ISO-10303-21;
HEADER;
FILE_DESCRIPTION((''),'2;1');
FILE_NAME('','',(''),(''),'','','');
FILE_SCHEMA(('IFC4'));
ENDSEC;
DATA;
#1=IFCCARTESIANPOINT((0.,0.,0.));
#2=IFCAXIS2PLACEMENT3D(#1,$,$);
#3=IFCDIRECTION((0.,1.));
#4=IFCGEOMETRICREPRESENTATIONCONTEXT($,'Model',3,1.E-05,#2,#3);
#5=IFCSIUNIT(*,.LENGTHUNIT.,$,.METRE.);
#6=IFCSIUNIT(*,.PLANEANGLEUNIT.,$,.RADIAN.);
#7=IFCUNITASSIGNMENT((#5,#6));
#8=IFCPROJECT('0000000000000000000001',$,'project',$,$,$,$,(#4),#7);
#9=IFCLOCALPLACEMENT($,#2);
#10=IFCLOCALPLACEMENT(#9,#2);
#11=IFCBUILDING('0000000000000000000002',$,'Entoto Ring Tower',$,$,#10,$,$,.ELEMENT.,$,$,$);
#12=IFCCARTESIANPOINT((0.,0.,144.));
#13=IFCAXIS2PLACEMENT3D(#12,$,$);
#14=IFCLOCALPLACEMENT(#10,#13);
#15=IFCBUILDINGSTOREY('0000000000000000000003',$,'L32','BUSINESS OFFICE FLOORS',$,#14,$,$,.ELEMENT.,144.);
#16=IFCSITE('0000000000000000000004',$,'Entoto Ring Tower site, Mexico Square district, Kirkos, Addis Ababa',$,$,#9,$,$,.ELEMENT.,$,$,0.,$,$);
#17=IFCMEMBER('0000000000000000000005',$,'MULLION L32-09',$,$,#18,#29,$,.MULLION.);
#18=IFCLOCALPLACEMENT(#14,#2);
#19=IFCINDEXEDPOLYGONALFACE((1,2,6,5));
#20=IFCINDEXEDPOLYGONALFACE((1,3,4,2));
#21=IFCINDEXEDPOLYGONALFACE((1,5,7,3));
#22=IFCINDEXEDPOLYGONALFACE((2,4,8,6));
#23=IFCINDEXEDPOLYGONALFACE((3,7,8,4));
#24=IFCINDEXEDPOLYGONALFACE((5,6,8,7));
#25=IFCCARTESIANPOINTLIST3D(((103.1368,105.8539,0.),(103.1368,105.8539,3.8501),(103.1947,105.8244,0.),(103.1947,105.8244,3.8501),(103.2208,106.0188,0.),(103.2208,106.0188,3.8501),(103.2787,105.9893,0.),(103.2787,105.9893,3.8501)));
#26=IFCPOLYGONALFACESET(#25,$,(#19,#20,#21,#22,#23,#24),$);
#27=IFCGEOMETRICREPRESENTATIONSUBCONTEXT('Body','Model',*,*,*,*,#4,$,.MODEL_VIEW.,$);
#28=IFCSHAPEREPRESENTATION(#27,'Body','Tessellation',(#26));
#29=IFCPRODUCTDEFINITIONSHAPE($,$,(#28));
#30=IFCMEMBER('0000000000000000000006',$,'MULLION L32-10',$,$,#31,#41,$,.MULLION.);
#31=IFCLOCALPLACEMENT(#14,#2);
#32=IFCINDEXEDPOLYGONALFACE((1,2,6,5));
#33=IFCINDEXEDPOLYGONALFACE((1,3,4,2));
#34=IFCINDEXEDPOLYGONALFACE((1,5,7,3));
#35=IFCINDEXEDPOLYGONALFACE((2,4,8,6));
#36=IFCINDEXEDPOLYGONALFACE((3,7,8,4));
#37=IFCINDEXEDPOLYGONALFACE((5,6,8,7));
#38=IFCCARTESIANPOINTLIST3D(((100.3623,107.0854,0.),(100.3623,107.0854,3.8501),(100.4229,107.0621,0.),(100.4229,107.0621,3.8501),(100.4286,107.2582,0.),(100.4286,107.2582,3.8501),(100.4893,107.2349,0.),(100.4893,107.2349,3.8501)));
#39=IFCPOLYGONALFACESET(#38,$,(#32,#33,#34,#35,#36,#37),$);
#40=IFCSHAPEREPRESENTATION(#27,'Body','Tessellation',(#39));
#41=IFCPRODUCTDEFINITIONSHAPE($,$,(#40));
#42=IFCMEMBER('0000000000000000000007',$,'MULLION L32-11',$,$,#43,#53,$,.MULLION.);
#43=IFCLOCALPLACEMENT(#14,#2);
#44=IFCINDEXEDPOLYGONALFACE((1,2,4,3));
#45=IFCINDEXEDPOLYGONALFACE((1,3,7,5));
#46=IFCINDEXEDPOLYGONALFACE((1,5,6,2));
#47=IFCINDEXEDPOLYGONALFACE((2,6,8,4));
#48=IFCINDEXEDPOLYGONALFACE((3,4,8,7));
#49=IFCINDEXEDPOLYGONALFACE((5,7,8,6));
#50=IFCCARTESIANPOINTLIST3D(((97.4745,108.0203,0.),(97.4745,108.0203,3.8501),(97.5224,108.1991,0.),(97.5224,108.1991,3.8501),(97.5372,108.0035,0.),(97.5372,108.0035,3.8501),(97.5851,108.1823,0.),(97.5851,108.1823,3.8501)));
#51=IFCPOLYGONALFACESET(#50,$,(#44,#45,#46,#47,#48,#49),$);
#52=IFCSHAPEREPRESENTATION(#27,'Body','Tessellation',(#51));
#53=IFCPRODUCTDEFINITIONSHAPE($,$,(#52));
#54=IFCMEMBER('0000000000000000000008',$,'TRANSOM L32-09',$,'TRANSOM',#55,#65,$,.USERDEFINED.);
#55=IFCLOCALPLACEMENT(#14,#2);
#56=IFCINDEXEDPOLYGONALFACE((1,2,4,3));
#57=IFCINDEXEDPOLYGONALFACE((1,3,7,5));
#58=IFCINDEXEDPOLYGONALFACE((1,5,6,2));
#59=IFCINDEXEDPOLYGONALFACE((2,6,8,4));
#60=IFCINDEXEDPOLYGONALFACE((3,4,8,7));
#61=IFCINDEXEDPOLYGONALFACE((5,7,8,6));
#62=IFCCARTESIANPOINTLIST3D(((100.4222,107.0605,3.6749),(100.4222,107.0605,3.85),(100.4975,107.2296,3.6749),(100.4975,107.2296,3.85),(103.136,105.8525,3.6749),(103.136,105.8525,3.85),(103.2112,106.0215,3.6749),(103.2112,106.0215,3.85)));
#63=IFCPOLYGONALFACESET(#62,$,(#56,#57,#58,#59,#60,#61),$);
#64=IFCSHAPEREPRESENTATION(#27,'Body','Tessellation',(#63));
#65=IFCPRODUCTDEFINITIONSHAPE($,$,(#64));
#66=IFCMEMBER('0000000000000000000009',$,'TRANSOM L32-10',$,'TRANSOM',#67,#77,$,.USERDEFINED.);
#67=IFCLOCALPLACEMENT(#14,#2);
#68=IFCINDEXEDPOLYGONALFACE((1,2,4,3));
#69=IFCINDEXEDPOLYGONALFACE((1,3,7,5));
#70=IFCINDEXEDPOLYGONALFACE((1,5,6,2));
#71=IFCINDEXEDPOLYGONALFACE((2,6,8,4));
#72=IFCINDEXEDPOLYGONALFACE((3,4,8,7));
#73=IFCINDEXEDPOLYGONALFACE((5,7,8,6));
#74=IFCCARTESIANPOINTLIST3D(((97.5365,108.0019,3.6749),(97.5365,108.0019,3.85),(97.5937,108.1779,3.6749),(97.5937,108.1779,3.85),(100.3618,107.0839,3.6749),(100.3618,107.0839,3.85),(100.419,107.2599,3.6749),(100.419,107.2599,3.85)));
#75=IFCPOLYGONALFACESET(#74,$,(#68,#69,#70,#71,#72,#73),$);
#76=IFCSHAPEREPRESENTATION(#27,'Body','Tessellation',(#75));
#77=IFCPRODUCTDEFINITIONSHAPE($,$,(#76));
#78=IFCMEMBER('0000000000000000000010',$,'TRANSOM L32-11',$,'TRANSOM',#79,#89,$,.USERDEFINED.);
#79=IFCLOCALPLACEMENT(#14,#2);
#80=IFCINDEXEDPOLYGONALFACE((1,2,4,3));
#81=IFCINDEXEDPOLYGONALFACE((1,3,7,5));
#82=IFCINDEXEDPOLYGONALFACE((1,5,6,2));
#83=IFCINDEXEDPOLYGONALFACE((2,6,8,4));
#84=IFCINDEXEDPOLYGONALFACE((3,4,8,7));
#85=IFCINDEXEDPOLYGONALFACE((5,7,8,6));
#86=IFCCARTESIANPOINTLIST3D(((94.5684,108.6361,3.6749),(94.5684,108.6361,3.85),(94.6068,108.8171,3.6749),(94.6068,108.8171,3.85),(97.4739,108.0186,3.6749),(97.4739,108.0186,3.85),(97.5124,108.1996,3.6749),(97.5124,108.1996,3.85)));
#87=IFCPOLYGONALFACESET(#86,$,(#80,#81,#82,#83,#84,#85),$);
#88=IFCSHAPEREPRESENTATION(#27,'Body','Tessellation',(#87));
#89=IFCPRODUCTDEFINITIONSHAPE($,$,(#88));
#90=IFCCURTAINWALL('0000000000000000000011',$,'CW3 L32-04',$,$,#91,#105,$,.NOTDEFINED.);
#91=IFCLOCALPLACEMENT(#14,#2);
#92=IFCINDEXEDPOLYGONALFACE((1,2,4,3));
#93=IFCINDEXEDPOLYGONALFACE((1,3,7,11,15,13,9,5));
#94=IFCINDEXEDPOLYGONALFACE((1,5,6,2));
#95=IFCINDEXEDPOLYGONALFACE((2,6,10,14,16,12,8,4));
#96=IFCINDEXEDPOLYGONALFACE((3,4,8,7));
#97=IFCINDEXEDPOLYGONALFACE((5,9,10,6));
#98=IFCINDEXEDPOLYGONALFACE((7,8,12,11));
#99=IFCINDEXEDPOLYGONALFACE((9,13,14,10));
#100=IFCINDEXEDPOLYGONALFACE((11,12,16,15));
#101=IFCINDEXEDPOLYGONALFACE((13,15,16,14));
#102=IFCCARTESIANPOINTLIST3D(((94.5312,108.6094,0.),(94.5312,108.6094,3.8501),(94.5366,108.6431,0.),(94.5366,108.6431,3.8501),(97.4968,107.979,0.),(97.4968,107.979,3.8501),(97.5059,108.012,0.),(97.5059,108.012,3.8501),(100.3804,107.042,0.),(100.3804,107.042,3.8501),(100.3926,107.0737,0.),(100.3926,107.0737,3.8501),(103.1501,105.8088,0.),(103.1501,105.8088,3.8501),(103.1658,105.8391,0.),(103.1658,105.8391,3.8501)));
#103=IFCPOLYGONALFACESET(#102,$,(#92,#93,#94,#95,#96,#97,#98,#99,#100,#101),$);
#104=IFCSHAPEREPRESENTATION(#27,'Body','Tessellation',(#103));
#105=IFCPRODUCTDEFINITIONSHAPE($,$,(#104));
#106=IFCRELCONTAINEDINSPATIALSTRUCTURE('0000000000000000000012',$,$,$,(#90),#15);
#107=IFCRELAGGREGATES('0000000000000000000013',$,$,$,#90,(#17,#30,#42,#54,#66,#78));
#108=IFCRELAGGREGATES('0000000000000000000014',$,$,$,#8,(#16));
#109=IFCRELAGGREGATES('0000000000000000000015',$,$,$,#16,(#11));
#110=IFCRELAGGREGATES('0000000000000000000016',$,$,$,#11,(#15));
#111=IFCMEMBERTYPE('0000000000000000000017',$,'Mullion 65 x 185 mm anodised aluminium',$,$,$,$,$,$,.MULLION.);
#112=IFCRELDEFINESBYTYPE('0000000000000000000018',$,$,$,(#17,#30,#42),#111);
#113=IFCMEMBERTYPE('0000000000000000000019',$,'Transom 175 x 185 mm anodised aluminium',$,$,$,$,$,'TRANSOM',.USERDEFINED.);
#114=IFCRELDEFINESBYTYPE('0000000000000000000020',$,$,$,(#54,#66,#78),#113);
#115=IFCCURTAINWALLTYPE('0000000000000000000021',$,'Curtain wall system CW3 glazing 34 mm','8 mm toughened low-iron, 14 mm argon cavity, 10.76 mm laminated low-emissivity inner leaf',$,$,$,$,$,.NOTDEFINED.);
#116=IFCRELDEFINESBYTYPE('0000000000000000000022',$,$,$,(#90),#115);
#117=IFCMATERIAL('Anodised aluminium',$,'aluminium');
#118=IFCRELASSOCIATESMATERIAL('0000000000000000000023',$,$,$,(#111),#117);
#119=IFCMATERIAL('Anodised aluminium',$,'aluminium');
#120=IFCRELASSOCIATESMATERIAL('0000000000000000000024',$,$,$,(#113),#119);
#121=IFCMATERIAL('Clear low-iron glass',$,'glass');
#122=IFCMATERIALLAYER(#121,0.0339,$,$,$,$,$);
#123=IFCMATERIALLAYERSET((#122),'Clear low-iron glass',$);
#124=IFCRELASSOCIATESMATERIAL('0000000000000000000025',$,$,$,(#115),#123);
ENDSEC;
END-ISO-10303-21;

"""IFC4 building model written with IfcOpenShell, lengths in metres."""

from ifc_helpers import new_model, si_unit, direction, frame, origin, origin_2d, place, context, subcontext, project, spatial, polyline, rectangle, outline, extrude, material, layer, layer_set, material_profile, profile_set, type_object, element, aggregate, save


model = new_model("IFC4")

# Units and contexts
model_context = context("Model", 3, precision=1e-05, world=origin(), true_north=direction((0.0, 1.0)))
body_context = subcontext(model_context, "Body", "Model", "MODEL_VIEW")
ifc_project = project(units=[si_unit("LENGTHUNIT", "METRE"), si_unit("PLANEANGLEUNIT", "RADIAN")], contexts=[model_context])

# Members
ifc_material_1 = material(Name="Anodised aluminium", Category="aluminium")
ifc_material_profile_1 = material_profile(ifc_material_1, rectangle(XDim=0.0649, YDim=0.1851, at=origin_2d()), Name="Mullion 65 x 185 mm anodised aluminium")
ifc_profile_set_1 = profile_set([ifc_material_profile_1], Name="Anodised aluminium")
member_type_1 = type_object("IfcMemberType", Name="Mullion 65 x 185 mm anodised aluminium", PredefinedType="MULLION", material=ifc_profile_set_1)
site_placement = place(None, origin())
building_placement = place(site_placement, origin())
storey_placement = place(building_placement, frame((0.0, 0.0, 144.0)))
member_1_placement = place(storey_placement, frame((103.2078, 105.9216, 0.0), z_axis=(0.0, 0.0, 1.0), x_axis=(-0.891007, 0.45399, 0.0)))
member_1 = element("IfcMember", 1, at=member_1_placement, type_object=member_type_1, Name="MULLION L32-09", PredefinedType="MULLION", context=body_context, shape_type="SweptSolid", body=[
    extrude(rectangle(XDim=0.0649, YDim=0.1851, at=origin_2d()), origin(), (0.0, 0.0, 1.0), 3.8501),
])
member_2_placement = place(storey_placement, frame((100.4258, 107.1602, 0.0), z_axis=(0.0, 0.0, 1.0), x_axis=(-0.93358, 0.358368, 0.0)))
member_2 = element("IfcMember", 2, at=member_2_placement, type_object=member_type_1, Name="MULLION L32-10", PredefinedType="MULLION", context=body_context, shape_type="SweptSolid", body=[
    extrude(rectangle(XDim=0.0649, YDim=0.1851, at=origin_2d()), origin(), (0.0, 0.0, 1.0), 3.8501),
])
member_3_placement = place(storey_placement, frame((97.5298, 108.1013, 0.0), z_axis=(0.0, 0.0, 1.0), x_axis=(-0.965926, 0.258819, 0.0)))
member_3 = element("IfcMember", 3, at=member_3_placement, type_object=member_type_1, Name="MULLION L32-11", PredefinedType="MULLION", context=body_context, shape_type="SweptSolid", body=[
    extrude(rectangle(XDim=0.0649, YDim=0.1851, at=origin_2d()), origin(), (0.0, 0.0, 1.0), 3.8501),
])
ifc_material_2 = material(Name="Anodised aluminium", Category="aluminium")
ifc_material_profile_2 = material_profile(ifc_material_2, rectangle(XDim=0.1851, YDim=0.175, at=origin_2d()), Name="Transom 175 x 185 mm anodised aluminium")
ifc_profile_set_2 = profile_set([ifc_material_profile_2], Name="Anodised aluminium")
member_type_2 = type_object("IfcMemberType", Name="Transom 175 x 185 mm anodised aluminium", ElementType="TRANSOM", PredefinedType="USERDEFINED", material=ifc_profile_set_2)
member_4_placement = place(storey_placement, frame((103.1736, 105.937, 3.7625), z_axis=(-0.913567, 0.406687, 0.0), x_axis=(-0.406687, -0.913567, 0.0)))
member_4 = element("IfcMember", 4, at=member_4_placement, type_object=member_type_2, Name="TRANSOM L32-09", ObjectType="TRANSOM", PredefinedType="USERDEFINED", context=body_context, shape_type="SweptSolid", body=[
    extrude(rectangle(XDim=0.1851, YDim=0.175, at=origin_2d()), origin(), (0.0, 0.0, 1.0), 2.9705),
])
member_5_placement = place(storey_placement, frame((100.3904, 107.1719, 3.7625), z_axis=(-0.951056, 0.309019, 0.0), x_axis=(-0.309019, -0.951056, 0.0)))
member_5 = element("IfcMember", 5, at=member_5_placement, type_object=member_type_2, Name="TRANSOM L32-10", ObjectType="TRANSOM", PredefinedType="USERDEFINED", context=body_context, shape_type="SweptSolid", body=[
    extrude(rectangle(XDim=0.1851, YDim=0.175, at=origin_2d()), origin(), (0.0, 0.0, 1.0), 2.9707),
])
member_6_placement = place(storey_placement, frame((97.4932, 108.1091, 3.7625), z_axis=(-0.978158, 0.207862, 0.0), x_axis=(-0.207862, -0.978158, 0.0)))
member_6 = element("IfcMember", 6, at=member_6_placement, type_object=member_type_2, Name="TRANSOM L32-11", ObjectType="TRANSOM", PredefinedType="USERDEFINED", context=body_context, shape_type="SweptSolid", body=[
    extrude(rectangle(XDim=0.1851, YDim=0.175, at=origin_2d()), origin(), (0.0, 0.0, 1.0), 2.9705),
])

# Site, building, storey
site = spatial("IfcSite", under=ifc_project, at=site_placement, Name="Entoto Ring Tower site, Mexico Square district, Kirkos, Addis Ababa", CompositionType="ELEMENT", RefElevation=0.0)
building = spatial("IfcBuilding", under=site, at=building_placement, Name="Entoto Ring Tower", CompositionType="ELEMENT")
storey = spatial("IfcBuildingStorey", under=building, at=storey_placement, Name="L32", Description="BUSINESS OFFICE FLOORS", CompositionType="ELEMENT", Elevation=144.0)

# Curtain wall
ifc_material_3 = material(Name="Clear low-iron glass", Category="glass")
ifc_layer = layer(ifc_material_3, 0.0339)
ifc_layer_set = layer_set([ifc_layer], Name="Clear low-iron glass")
curtain_wall_type = type_object("IfcCurtainWallType", Name="Curtain wall system CW3 glazing 34 mm", Description="8 mm toughened low-iron, 14 mm argon cavity, 10.76 mm laminated low-emissivity inner leaf", PredefinedType="NOTDEFINED", material=ifc_layer_set)
curtain_wall_1_placement = place(storey_placement, origin())
curtain_wall_1 = element("IfcCurtainWall", 7, at=curtain_wall_1_placement, inside=storey, type_object=curtain_wall_type, Name="CW3 L32-04", PredefinedType="NOTDEFINED", context=body_context, shape_type="SweptSolid", body=[
    extrude(outline(polyline([(103.1658, 105.8391), (100.3926, 107.0737), (97.5059, 108.012), (94.5366, 108.6431), (94.5312, 108.6094), (97.4968, 107.979), (100.3804, 107.042), (103.1501, 105.8088), (103.1658, 105.8391)])), origin(), (0.0, 0.0, 1.0), 3.8501),
])
aggregate(curtain_wall_1, [member_1, member_2, member_3, member_4, member_5, member_6])

save(model, "model.ifc")
